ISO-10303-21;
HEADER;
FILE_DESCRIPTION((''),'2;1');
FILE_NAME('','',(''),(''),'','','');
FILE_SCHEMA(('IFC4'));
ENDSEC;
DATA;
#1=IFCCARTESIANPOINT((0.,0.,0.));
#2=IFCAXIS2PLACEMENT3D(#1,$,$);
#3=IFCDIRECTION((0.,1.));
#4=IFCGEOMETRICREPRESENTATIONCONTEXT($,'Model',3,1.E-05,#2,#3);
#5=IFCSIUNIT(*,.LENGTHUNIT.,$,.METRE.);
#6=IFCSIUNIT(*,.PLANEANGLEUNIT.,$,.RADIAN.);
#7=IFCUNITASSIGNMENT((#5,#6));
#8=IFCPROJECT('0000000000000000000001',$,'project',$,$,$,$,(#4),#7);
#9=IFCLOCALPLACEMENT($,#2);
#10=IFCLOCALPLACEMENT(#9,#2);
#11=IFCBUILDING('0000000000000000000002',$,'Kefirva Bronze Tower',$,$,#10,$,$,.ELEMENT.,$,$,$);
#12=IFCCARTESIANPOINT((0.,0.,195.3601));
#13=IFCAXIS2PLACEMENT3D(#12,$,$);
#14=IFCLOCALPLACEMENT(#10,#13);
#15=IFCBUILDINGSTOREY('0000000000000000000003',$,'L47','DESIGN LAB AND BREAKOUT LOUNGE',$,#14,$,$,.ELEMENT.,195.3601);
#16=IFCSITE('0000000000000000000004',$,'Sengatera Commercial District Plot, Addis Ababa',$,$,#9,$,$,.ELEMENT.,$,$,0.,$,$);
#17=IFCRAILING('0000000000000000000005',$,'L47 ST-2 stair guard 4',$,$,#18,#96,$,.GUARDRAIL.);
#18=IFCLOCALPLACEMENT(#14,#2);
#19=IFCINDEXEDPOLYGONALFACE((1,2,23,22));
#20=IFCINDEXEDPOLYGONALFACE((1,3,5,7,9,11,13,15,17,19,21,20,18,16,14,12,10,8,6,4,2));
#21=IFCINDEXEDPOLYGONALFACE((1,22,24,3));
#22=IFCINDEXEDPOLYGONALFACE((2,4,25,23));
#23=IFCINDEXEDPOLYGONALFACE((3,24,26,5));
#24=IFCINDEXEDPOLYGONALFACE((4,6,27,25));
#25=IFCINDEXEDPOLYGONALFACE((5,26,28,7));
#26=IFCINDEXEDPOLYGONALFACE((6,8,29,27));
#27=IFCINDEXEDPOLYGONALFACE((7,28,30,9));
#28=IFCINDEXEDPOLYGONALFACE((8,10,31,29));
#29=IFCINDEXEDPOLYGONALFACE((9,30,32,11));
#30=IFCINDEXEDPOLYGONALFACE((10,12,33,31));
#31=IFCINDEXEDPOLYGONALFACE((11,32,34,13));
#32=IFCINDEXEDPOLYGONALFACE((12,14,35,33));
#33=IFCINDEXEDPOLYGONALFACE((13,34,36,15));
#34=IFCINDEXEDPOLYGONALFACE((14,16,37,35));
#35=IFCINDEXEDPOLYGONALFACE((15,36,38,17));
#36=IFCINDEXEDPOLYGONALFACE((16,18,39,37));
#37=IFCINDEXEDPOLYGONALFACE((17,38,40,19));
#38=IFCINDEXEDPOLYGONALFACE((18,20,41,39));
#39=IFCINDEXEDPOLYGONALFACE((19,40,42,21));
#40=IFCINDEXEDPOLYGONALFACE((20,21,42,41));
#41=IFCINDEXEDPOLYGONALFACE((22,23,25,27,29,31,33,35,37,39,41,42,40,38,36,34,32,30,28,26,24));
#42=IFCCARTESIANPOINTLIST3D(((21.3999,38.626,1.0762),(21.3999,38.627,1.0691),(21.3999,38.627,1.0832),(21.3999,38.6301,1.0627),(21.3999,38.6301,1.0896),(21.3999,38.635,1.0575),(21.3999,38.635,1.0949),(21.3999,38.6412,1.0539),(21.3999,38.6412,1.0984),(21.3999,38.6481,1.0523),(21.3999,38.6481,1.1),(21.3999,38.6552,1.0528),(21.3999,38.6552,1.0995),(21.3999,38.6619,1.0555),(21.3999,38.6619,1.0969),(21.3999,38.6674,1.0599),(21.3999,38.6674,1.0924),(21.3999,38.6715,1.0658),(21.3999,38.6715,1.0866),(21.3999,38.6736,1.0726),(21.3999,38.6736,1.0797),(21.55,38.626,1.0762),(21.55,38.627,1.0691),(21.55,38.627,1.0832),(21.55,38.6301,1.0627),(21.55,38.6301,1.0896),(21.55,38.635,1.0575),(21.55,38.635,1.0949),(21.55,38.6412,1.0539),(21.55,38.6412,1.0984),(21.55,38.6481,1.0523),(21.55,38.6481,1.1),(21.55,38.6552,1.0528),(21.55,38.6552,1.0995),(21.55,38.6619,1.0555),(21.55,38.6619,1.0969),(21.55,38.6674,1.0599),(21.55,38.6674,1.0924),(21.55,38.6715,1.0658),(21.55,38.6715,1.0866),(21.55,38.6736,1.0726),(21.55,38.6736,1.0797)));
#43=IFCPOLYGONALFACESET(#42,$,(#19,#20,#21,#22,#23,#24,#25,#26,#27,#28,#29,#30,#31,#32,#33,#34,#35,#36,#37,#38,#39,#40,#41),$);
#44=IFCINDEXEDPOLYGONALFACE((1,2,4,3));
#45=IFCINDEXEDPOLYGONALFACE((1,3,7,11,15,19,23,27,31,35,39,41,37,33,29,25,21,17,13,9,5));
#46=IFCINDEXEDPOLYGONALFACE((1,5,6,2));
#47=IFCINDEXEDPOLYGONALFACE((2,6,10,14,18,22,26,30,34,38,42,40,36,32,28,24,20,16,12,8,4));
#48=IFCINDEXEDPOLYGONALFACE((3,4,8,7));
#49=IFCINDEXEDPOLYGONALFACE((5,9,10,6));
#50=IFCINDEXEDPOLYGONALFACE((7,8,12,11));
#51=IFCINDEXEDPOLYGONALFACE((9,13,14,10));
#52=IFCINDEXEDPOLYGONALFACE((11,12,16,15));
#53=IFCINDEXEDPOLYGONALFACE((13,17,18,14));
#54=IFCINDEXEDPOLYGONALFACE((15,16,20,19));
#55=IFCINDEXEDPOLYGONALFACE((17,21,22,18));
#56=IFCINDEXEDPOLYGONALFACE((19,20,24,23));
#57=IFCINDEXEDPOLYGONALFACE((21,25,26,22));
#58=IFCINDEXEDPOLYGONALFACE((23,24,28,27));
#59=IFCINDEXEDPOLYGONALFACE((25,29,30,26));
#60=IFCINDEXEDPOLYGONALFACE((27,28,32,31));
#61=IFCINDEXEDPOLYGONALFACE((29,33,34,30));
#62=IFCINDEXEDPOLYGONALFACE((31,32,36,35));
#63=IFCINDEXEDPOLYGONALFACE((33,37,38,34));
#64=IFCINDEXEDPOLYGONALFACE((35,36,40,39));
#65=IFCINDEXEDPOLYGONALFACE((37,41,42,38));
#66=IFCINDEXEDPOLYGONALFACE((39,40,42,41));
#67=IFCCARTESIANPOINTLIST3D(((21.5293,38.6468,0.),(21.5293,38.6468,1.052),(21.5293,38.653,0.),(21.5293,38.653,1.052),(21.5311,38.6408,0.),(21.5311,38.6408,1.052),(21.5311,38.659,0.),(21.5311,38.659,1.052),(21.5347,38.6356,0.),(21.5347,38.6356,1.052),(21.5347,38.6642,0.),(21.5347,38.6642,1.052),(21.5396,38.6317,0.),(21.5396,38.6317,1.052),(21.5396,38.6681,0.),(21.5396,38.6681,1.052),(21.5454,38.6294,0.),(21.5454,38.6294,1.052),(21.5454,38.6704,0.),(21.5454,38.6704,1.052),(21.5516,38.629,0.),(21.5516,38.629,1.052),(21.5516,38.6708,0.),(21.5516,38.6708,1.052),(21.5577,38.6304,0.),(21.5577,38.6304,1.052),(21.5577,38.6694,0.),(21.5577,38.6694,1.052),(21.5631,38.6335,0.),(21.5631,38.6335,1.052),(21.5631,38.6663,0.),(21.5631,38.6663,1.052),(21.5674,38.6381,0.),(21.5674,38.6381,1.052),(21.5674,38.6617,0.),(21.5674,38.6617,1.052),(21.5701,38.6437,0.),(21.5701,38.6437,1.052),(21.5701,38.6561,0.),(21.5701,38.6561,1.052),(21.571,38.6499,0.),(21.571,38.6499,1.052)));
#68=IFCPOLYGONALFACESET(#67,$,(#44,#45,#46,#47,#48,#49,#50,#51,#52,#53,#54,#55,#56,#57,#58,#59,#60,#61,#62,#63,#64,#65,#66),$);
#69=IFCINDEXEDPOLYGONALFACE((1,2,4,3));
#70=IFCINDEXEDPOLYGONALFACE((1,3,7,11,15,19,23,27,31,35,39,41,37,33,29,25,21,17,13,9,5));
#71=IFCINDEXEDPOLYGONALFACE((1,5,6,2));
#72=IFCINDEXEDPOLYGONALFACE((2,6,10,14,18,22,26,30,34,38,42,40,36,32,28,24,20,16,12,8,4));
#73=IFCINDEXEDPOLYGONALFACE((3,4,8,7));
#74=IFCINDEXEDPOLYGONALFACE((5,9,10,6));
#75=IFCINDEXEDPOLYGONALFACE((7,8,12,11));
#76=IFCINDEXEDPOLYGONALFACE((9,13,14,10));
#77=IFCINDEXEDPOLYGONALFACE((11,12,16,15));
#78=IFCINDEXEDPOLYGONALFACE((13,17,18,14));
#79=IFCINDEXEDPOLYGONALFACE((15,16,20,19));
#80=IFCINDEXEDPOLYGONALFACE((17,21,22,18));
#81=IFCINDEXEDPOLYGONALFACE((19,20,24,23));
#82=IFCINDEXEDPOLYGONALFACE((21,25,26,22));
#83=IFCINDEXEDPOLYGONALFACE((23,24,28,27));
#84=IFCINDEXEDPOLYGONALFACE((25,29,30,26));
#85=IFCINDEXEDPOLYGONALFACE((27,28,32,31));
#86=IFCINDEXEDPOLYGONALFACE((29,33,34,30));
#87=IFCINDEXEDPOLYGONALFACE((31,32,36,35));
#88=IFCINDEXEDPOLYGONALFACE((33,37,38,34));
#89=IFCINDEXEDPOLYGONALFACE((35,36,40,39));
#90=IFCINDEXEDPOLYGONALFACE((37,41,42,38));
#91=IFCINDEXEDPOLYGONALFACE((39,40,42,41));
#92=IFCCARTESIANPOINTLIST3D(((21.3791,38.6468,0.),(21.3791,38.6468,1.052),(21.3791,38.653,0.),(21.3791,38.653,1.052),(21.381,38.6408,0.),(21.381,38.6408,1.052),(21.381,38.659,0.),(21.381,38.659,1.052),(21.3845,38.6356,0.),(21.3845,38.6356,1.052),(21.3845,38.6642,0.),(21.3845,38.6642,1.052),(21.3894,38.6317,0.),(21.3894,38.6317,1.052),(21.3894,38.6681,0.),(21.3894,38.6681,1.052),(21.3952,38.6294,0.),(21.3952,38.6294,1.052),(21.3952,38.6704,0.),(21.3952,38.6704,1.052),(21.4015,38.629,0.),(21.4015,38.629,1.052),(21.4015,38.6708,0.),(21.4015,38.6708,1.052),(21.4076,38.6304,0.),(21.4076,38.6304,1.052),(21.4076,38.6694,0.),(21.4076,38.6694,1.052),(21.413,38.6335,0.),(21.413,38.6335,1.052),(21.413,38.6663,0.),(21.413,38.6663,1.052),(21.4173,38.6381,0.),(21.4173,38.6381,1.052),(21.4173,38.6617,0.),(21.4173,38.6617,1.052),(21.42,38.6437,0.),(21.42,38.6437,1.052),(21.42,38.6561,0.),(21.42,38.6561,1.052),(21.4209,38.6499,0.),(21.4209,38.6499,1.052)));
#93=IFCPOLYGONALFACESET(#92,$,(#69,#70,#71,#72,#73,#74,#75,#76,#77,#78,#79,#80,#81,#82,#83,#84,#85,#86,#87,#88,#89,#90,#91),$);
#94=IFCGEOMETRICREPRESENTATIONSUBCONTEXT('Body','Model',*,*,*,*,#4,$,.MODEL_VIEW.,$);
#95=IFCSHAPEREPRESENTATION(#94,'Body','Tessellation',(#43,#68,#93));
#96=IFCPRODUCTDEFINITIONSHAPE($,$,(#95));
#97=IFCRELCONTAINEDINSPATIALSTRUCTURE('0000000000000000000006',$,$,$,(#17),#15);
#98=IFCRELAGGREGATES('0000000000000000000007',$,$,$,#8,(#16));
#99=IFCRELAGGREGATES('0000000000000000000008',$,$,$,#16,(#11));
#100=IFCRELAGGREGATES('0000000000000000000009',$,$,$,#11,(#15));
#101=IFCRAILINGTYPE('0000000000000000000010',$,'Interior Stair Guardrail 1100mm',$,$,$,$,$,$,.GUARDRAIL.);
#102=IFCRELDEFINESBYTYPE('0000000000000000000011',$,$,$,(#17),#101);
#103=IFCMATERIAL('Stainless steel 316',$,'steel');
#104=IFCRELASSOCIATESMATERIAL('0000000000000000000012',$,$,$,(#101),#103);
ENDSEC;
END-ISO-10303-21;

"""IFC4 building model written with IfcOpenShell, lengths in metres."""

from ifc_helpers import new_model, si_unit, direction, frame, origin, origin_2d, place, context, subcontext, project, spatial, circle, extrude, material, type_object, element, save


model = new_model("IFC4")

# Units and contexts
model_context = context("Model", 3, precision=1e-05, world=origin(), true_north=direction((0.0, 1.0)))
body_context = subcontext(model_context, "Body", "Model", "MODEL_VIEW")
ifc_project = project(units=[si_unit("LENGTHUNIT", "METRE"), si_unit("PLANEANGLEUNIT", "RADIAN")], contexts=[model_context])

# Site, building, storey
site_placement = place(None, origin())
site = spatial("IfcSite", under=ifc_project, at=site_placement, Name="Sengatera Commercial District Plot, Addis Ababa", CompositionType="ELEMENT", RefElevation=0.0)
building_placement = place(site_placement, origin())
building = spatial("IfcBuilding", under=site, at=building_placement, Name="Kefirva Bronze Tower", CompositionType="ELEMENT")
storey_placement = place(building_placement, frame((0.0, 0.0, 195.3601)))
storey = spatial("IfcBuildingStorey", under=building, at=storey_placement, Name="L47", Description="DESIGN LAB AND BREAKOUT LOUNGE", CompositionType="ELEMENT", Elevation=195.3601)

# Railing
ifc_material_1 = material(Name="Stainless steel 316", Category="steel")
railing_type_1 = type_object("IfcRailingType", Name="Interior Stair Guardrail 1100mm", PredefinedType="GUARDRAIL", material=ifc_material_1)
railing_1_placement = place(storey_placement, frame((21.55, 38.6499, 0.0)))
element("IfcRailing", 1, at=railing_1_placement, inside=storey, type_object=railing_type_1, Name="L47 ST-2 stair guard 4", PredefinedType="GUARDRAIL", context=body_context, shape_type="SweptSolid", body=[
    extrude(circle(Radius=0.0239, at=origin_2d()), frame((0.0, 0.0, 1.0762), z_axis=(-1.0, 0.0, 0.0), x_axis=(0.0, -1.0, 0.0)), (0.0, 0.0, 1.0), 0.1501),
    extrude(circle(Radius=0.021, at=origin_2d()), origin(), (0.0, 0.0, 1.0), 1.052),
    extrude(circle(Radius=0.021, at=origin_2d()), frame((-0.1501, 0.0, 0.0)), (0.0, 0.0, 1.0), 1.052),
])

save(model, "model.ifc")
